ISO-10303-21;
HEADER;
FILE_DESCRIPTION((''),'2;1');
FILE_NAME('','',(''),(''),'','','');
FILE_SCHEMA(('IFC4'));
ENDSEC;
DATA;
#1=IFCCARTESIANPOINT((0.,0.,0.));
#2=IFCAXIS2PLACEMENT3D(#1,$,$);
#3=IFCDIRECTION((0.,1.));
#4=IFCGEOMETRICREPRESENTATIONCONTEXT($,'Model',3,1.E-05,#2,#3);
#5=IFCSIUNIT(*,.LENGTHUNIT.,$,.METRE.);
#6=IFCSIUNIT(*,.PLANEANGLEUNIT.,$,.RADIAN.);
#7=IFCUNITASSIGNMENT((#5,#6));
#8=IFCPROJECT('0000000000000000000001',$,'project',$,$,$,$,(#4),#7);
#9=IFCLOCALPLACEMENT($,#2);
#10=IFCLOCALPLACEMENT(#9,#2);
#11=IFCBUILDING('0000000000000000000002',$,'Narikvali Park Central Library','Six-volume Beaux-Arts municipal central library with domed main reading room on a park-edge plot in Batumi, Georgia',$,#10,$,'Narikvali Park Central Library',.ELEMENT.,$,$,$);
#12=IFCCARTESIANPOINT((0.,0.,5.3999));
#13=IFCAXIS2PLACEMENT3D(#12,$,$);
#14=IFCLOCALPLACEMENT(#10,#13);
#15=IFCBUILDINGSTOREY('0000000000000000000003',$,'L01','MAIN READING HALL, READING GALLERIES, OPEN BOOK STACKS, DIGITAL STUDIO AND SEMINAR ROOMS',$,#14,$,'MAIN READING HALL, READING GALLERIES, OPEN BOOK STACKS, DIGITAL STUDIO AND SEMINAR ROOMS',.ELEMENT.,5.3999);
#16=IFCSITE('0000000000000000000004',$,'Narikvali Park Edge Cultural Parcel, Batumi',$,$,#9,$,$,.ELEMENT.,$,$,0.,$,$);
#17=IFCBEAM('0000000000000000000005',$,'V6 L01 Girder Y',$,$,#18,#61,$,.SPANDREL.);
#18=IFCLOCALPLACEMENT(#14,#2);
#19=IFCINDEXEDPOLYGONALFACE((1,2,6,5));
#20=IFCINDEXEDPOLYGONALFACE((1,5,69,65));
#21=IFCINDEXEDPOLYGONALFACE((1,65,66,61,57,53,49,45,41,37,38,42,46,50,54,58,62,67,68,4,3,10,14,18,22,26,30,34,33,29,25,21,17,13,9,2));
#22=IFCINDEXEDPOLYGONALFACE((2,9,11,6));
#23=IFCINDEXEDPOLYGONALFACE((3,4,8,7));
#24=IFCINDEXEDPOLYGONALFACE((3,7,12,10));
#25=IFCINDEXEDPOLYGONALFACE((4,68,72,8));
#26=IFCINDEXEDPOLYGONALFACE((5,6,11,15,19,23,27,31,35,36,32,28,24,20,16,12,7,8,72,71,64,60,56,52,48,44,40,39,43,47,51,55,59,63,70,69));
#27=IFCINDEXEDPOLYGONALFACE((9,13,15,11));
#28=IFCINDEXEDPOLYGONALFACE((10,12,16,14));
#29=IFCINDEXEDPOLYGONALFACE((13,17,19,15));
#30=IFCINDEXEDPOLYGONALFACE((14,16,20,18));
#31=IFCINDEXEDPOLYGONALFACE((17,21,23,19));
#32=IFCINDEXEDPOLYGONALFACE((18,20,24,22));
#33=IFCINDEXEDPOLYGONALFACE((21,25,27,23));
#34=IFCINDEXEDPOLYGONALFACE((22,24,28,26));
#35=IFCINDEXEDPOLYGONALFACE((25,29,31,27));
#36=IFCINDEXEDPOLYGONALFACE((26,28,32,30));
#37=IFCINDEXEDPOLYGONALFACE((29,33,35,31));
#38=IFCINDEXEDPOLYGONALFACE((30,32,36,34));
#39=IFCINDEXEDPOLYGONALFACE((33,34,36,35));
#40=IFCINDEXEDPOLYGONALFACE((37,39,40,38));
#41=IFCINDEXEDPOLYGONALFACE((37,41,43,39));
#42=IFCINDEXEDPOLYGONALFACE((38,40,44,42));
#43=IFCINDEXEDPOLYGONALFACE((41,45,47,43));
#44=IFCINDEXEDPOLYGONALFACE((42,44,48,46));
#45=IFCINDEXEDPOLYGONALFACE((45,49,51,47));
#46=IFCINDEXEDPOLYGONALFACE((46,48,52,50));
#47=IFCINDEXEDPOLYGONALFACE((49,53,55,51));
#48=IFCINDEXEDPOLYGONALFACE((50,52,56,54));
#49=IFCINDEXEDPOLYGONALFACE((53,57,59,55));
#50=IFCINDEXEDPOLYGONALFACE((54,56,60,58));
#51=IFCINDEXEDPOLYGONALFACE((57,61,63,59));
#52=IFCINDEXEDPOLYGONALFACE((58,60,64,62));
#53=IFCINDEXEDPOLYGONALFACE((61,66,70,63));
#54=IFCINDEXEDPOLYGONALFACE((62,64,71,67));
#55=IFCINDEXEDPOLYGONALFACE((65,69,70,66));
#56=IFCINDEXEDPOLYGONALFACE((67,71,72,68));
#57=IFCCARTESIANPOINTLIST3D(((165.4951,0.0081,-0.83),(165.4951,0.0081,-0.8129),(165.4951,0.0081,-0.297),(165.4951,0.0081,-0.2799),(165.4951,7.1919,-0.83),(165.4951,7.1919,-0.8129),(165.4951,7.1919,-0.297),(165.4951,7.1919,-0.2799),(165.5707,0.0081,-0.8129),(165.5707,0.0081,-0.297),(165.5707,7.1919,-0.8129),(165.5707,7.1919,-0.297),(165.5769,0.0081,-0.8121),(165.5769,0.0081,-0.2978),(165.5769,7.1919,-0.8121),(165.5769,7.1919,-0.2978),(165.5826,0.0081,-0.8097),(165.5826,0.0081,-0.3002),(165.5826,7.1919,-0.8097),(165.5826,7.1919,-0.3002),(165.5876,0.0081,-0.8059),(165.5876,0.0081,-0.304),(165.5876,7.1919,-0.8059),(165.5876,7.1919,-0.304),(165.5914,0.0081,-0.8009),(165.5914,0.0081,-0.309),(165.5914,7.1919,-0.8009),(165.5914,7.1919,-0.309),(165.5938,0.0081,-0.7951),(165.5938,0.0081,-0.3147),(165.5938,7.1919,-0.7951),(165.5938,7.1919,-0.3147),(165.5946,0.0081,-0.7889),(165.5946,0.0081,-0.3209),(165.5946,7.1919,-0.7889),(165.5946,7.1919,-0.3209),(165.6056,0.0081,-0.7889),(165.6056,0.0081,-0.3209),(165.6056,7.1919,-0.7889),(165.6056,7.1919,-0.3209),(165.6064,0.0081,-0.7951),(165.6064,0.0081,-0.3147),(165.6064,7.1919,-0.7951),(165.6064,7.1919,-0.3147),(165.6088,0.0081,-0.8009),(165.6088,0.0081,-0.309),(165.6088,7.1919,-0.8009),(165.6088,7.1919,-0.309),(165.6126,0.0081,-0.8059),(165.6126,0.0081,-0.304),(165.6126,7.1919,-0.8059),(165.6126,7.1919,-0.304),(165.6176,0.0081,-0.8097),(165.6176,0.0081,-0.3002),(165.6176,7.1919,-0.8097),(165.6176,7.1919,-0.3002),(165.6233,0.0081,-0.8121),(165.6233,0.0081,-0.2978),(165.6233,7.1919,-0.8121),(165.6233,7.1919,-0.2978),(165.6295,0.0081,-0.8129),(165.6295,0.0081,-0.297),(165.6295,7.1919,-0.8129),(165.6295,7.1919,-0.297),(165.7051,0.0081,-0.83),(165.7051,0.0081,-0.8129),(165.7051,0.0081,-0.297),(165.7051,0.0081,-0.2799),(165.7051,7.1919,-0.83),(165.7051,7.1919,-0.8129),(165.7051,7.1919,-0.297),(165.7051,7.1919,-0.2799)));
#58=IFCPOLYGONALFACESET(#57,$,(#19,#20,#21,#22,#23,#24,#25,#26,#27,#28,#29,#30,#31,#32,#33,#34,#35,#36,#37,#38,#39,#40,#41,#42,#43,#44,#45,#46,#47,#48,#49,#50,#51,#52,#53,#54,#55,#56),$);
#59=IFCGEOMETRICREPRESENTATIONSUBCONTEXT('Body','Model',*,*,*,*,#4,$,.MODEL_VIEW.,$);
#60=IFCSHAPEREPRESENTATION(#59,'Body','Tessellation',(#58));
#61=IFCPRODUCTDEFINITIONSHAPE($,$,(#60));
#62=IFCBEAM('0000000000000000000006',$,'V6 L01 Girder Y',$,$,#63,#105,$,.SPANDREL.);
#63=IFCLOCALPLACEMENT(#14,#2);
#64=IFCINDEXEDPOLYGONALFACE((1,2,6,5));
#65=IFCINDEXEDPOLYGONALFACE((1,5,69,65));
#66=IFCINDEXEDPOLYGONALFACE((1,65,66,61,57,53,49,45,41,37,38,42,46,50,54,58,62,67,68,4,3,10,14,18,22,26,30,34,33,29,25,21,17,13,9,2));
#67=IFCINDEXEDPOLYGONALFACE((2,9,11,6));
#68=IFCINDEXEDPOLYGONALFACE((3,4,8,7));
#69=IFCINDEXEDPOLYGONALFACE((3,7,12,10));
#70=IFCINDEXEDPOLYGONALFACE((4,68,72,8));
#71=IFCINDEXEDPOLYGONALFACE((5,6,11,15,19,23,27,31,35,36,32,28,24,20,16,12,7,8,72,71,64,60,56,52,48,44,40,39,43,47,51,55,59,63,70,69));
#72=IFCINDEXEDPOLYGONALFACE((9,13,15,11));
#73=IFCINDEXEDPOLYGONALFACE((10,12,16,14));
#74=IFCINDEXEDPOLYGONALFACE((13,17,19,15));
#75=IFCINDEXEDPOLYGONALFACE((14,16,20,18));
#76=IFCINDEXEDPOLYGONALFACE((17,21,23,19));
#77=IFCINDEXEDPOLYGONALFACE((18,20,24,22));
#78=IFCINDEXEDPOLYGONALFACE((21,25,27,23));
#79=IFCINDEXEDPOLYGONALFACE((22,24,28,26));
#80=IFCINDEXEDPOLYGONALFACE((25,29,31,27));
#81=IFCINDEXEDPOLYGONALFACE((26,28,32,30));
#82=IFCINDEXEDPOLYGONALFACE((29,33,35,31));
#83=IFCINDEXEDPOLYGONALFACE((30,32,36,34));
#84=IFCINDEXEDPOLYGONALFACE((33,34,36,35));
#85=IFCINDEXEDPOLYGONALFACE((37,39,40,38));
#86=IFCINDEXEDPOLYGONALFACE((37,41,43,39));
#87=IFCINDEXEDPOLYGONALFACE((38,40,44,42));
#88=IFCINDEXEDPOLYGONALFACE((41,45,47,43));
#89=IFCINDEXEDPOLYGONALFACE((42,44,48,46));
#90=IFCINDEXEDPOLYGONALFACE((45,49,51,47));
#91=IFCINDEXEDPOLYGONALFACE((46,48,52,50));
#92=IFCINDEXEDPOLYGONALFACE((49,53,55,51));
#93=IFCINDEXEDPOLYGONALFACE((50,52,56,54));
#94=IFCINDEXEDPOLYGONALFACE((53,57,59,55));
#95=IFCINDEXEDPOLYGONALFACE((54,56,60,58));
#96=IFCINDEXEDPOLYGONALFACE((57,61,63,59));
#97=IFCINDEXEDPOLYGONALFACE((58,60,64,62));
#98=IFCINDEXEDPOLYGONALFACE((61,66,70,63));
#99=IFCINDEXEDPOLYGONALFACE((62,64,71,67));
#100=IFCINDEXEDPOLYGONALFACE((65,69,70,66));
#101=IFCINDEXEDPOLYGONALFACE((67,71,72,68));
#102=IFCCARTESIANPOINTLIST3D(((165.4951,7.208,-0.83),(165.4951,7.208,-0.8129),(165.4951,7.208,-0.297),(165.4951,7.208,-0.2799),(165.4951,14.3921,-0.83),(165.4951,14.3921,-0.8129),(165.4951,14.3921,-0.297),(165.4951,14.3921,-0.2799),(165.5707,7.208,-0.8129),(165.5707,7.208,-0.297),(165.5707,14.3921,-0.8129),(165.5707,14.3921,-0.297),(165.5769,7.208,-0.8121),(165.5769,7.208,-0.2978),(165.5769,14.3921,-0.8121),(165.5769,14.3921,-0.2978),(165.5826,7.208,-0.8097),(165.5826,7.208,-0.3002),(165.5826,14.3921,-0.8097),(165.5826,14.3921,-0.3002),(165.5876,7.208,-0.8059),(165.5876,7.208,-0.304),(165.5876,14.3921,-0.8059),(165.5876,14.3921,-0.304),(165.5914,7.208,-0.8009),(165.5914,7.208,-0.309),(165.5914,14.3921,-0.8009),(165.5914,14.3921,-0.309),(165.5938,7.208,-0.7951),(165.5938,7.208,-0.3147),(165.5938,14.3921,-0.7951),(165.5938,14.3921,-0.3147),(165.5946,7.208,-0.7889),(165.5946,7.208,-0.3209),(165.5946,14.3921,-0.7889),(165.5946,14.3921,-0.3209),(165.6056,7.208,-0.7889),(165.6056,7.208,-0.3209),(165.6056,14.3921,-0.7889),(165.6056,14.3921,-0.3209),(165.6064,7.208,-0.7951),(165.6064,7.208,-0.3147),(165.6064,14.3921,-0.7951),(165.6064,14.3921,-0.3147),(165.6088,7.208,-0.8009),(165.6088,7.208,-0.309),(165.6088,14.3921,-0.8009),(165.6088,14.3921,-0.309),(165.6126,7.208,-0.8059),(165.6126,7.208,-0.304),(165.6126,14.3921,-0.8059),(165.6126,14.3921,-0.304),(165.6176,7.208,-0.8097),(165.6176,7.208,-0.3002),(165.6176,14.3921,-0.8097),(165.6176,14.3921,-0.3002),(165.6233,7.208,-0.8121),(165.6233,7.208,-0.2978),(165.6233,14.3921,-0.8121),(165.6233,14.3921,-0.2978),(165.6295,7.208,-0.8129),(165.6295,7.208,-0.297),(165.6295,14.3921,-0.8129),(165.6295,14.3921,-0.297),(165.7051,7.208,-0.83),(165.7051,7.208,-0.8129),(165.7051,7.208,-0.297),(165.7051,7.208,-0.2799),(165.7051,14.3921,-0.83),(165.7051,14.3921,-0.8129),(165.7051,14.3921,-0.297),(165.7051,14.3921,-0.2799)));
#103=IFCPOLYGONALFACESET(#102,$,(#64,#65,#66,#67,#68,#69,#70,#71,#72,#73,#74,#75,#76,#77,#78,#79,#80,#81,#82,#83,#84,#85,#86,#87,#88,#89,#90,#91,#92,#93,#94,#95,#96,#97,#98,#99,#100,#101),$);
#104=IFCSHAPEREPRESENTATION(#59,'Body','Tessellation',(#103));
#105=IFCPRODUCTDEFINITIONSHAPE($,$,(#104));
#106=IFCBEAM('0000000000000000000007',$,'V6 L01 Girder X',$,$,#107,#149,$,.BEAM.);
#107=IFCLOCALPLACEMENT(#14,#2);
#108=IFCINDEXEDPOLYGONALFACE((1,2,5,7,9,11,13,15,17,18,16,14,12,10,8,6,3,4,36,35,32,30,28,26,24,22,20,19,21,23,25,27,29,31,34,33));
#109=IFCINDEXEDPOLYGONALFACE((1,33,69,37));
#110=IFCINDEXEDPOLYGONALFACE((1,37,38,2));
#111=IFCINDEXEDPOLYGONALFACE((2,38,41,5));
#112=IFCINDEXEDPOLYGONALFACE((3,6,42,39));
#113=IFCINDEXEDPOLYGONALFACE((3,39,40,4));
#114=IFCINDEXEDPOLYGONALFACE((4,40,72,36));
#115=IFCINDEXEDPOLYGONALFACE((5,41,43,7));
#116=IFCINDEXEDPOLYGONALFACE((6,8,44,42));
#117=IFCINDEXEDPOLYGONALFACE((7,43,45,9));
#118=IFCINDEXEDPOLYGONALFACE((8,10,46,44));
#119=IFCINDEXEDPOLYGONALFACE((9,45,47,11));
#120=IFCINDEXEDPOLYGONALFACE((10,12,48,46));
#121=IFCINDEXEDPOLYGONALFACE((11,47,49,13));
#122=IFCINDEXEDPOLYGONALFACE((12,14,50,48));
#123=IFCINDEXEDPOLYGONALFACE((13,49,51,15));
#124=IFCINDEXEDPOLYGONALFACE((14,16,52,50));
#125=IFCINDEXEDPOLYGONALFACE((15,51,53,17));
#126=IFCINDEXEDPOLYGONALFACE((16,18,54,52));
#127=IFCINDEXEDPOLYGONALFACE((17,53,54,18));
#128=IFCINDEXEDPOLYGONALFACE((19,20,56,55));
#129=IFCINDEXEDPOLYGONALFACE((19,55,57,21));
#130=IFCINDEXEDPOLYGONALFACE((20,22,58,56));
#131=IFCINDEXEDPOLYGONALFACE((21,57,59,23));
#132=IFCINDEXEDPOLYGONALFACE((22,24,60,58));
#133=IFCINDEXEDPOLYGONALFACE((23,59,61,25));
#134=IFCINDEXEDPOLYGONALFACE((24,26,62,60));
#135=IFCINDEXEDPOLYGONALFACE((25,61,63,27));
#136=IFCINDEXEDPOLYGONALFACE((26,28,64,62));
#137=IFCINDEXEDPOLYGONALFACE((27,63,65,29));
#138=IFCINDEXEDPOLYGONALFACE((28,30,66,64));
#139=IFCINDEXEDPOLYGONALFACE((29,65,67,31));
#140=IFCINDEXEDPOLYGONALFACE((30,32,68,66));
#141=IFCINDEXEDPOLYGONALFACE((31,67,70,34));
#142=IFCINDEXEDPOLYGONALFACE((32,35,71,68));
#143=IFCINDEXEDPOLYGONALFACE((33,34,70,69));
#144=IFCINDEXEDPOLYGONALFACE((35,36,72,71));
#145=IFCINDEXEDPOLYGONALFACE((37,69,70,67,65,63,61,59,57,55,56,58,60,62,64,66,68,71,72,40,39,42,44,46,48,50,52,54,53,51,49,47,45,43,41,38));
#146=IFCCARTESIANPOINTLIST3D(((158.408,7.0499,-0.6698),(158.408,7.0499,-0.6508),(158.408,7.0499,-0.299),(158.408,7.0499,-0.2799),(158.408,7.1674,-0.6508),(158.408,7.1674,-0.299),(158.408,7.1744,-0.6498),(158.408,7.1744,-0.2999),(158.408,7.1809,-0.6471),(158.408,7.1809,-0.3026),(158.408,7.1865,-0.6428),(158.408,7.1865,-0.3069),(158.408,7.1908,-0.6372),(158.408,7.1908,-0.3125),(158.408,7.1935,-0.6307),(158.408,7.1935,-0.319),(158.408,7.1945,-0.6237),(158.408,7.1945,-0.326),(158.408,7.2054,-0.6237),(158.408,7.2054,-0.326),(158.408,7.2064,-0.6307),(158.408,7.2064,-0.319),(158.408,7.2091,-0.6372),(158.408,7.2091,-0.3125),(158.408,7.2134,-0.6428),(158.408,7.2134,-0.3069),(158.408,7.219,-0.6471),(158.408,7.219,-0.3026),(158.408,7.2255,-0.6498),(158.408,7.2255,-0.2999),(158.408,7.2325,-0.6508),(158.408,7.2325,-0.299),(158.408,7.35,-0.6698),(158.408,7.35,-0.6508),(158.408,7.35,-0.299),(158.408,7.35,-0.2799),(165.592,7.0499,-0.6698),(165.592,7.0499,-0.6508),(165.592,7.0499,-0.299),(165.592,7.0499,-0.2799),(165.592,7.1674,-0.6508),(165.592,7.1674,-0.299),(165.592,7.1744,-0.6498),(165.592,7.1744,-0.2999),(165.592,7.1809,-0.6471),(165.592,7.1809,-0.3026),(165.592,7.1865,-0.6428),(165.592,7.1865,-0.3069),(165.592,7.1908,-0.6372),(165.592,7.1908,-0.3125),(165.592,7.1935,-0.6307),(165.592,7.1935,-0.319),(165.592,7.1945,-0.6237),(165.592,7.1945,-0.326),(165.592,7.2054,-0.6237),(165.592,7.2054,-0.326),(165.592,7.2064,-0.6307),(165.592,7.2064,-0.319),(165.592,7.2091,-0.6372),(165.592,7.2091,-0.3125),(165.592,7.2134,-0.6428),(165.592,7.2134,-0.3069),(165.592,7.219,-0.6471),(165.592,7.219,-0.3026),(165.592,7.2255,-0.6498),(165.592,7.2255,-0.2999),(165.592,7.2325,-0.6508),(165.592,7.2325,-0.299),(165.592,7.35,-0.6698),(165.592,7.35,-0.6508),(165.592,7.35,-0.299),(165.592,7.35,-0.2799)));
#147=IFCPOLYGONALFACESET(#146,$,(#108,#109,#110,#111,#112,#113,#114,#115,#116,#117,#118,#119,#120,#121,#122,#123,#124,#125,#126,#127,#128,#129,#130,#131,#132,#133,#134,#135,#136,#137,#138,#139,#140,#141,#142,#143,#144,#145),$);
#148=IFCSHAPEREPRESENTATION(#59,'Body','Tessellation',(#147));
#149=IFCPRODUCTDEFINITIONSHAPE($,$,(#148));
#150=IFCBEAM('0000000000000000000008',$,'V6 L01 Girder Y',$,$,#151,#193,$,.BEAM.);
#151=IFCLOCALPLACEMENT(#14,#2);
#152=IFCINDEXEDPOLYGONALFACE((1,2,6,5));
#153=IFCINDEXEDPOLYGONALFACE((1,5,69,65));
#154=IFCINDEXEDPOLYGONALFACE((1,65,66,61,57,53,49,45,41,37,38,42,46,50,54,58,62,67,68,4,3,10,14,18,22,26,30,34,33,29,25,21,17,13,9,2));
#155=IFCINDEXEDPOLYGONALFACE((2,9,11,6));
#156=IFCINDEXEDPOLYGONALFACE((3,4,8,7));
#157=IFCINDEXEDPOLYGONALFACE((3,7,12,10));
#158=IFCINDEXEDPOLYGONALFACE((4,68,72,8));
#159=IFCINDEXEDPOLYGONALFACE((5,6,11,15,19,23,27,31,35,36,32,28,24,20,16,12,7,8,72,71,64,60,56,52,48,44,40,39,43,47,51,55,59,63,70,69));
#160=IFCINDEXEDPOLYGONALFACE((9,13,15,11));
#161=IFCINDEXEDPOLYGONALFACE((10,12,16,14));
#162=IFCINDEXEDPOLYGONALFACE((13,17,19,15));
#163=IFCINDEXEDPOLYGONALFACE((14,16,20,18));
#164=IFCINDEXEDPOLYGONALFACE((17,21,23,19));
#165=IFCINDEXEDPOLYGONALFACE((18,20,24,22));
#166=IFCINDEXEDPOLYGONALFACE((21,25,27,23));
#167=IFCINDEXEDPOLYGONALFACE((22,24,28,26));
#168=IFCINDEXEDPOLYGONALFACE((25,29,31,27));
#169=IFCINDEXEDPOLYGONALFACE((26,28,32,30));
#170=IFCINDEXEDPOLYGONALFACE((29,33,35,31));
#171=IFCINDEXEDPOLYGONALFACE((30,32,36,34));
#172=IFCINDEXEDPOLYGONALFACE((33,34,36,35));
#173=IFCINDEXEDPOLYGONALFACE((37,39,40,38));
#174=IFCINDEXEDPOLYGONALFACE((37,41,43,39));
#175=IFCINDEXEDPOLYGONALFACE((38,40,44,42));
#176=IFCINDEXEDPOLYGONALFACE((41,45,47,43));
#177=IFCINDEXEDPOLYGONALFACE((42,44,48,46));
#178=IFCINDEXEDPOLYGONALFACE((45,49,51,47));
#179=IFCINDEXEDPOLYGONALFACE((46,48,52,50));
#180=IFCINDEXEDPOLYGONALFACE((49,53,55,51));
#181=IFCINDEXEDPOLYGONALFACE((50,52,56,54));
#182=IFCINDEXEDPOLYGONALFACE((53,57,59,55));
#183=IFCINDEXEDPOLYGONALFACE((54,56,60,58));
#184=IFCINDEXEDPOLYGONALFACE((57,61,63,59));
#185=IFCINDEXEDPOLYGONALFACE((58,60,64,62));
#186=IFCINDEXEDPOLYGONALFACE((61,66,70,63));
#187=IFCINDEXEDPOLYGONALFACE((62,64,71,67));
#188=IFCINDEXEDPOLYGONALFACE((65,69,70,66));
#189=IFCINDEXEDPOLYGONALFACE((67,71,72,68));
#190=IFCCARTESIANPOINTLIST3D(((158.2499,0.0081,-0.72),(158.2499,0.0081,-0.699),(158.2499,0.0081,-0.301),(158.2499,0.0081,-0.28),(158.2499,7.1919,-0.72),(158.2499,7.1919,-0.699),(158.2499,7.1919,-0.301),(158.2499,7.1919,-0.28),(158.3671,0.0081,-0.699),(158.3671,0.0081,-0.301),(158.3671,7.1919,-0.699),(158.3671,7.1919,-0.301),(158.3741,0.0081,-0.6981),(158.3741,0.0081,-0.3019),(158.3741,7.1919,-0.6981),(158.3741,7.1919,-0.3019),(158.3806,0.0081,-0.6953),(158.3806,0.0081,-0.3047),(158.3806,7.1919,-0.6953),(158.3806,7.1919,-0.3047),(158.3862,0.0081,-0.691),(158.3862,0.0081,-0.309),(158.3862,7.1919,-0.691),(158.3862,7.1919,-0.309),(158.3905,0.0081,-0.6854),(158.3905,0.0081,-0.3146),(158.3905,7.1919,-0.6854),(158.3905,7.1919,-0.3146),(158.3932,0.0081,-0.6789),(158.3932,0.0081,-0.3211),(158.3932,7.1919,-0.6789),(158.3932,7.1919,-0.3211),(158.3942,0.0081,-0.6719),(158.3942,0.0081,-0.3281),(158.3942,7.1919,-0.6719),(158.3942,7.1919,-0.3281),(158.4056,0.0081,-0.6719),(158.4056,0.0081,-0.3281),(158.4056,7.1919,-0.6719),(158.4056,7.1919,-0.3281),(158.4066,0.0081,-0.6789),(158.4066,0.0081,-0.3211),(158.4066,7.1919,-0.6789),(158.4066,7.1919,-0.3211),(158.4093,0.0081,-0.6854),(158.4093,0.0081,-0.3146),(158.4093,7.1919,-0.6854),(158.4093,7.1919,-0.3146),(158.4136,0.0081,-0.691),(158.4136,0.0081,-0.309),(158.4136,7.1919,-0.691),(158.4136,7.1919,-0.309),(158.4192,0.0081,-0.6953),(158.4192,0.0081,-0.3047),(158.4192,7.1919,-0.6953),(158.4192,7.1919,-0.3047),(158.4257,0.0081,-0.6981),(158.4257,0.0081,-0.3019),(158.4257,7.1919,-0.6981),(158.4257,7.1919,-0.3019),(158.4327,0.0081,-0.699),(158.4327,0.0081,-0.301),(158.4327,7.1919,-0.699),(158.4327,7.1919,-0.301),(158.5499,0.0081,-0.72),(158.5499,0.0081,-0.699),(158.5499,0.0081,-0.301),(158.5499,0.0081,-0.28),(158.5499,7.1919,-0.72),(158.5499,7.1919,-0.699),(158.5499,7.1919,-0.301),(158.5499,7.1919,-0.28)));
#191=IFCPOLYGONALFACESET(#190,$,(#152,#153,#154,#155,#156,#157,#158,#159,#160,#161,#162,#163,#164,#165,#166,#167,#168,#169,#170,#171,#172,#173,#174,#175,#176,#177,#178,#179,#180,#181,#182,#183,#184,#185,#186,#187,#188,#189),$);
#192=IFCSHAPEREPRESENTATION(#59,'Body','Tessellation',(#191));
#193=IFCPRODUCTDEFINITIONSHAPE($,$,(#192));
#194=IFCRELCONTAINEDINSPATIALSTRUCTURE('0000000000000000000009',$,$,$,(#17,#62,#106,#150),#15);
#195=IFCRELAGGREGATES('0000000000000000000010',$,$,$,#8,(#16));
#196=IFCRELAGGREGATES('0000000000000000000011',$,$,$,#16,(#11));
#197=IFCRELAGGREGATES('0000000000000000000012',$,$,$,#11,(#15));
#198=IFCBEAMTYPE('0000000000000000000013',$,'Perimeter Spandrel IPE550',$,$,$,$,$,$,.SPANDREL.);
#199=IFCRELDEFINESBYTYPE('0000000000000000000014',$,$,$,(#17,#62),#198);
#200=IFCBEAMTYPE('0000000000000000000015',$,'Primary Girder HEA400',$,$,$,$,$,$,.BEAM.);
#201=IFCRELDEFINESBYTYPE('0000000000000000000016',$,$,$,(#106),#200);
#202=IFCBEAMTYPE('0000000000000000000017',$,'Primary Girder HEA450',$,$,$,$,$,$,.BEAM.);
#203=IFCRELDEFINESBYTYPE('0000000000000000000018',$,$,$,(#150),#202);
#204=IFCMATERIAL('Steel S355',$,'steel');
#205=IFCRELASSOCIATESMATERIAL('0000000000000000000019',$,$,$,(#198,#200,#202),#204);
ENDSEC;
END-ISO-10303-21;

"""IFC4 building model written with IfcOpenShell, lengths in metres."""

from ifc_helpers import new_model, si_unit, direction, frame, origin, origin_2d, place, context, subcontext, project, spatial, i_section, extrude, material, material_profile, profile_set, type_object, element, save


model = new_model("IFC4")

# Units and contexts
model_context = context("Model", 3, precision=1e-05, world=origin(), true_north=direction((0.0, 1.0)))
body_context = subcontext(model_context, "Body", "Model", "MODEL_VIEW")
ifc_project = project(units=[si_unit("LENGTHUNIT", "METRE"), si_unit("PLANEANGLEUNIT", "RADIAN")], contexts=[model_context])

# Site, building, storey
site_placement = place(None, origin())
site = spatial("IfcSite", under=ifc_project, at=site_placement, Name="Narikvali Park Edge Cultural Parcel, Batumi", CompositionType="ELEMENT", RefElevation=0.0)
building_placement = place(site_placement, origin())
building = spatial("IfcBuilding", under=site, at=building_placement, Name="Narikvali Park Central Library", Description="Six-volume Beaux-Arts municipal central library with domed main reading room on a park-edge plot in Batumi, Georgia", LongName="Narikvali Park Central Library", CompositionType="ELEMENT")
storey_placement = place(building_placement, frame((0.0, 0.0, 5.3999)))
storey = spatial("IfcBuildingStorey", under=building, at=storey_placement, Name="L01", Description="MAIN READING HALL, READING GALLERIES, OPEN BOOK STACKS, DIGITAL STUDIO AND SEMINAR ROOMS", LongName="MAIN READING HALL, READING GALLERIES, OPEN BOOK STACKS, DIGITAL STUDIO AND SEMINAR ROOMS", CompositionType="ELEMENT", Elevation=5.3999)

# Shared definitions
ifc_material_1 = material(Name="Steel S355", Category="steel")

# Beams
ifc_material_profile_1 = material_profile(ifc_material_1, i_section(OverallWidth=0.21, OverallDepth=0.55, WebThickness=0.011, FlangeThickness=0.0171, FilletRadius=0.0239, at=origin_2d()), Name="IPE 550")
ifc_profile_set_1 = profile_set([ifc_material_profile_1], Name="Steel S355")
beam_type_1 = type_object("IfcBeamType", Name="Perimeter Spandrel IPE550", PredefinedType="SPANDREL", material=ifc_profile_set_1)
beam_1_placement = place(storey_placement, frame((165.6001, 0.0081, -0.5549), z_axis=(0.0, 1.0, 0.0), x_axis=(-1.0, 0.0, 0.0)))
element("IfcBeam", 1, at=beam_1_placement, inside=storey, type_object=beam_type_1, Name="V6 L01 Girder Y", PredefinedType="SPANDREL", context=body_context, shape_type="SweptSolid", body=[
    extrude(i_section(OverallWidth=0.21, OverallDepth=0.55, WebThickness=0.011, FlangeThickness=0.0171, FilletRadius=0.0239, at=origin_2d()), origin(), (0.0, 0.0, 1.0), 7.1838),
])
beam_2_placement = place(storey_placement, frame((165.6001, 7.208, -0.5549), z_axis=(0.0, 1.0, 0.0), x_axis=(-1.0, 0.0, 0.0)))
element("IfcBeam", 2, at=beam_2_placement, inside=storey, type_object=beam_type_1, Name="V6 L01 Girder Y", PredefinedType="SPANDREL", context=body_context, shape_type="SweptSolid", body=[
    extrude(i_section(OverallWidth=0.21, OverallDepth=0.55, WebThickness=0.011, FlangeThickness=0.0171, FilletRadius=0.0239, at=origin_2d()), origin(), (0.0, 0.0, 1.0), 7.1841),
])
ifc_material_profile_2 = material_profile(ifc_material_1, i_section(OverallWidth=0.3, OverallDepth=0.3899, WebThickness=0.011, FlangeThickness=0.019, FilletRadius=0.0271, at=origin_2d()), Name="HEA 400")
ifc_profile_set_2 = profile_set([ifc_material_profile_2], Name="Steel S355")
beam_type_2 = type_object("IfcBeamType", Name="Primary Girder HEA400", PredefinedType="BEAM", material=ifc_profile_set_2)
beam_3_placement = place(storey_placement, frame((158.408, 7.2, -0.4749), z_axis=(1.0, 0.0, 0.0), x_axis=(0.0, 1.0, 0.0)))
element("IfcBeam", 3, at=beam_3_placement, inside=storey, type_object=beam_type_2, Name="V6 L01 Girder X", PredefinedType="BEAM", context=body_context, shape_type="SweptSolid", body=[
    extrude(i_section(OverallWidth=0.3, OverallDepth=0.3899, WebThickness=0.011, FlangeThickness=0.019, FilletRadius=0.0271, at=origin_2d()), origin(), (0.0, 0.0, 1.0), 7.1841),
])
ifc_material_profile_3 = material_profile(ifc_material_1, i_section(OverallWidth=0.3, OverallDepth=0.4399, WebThickness=0.0115, FlangeThickness=0.021, FilletRadius=0.0271, at=origin_2d()), Name="HEA 450")
ifc_profile_set_3 = profile_set([ifc_material_profile_3], Name="Steel S355")
beam_type_3 = type_object("IfcBeamType", Name="Primary Girder HEA450", PredefinedType="BEAM", material=ifc_profile_set_3)
beam_4_placement = place(storey_placement, frame((158.3999, 0.0081, -0.5), z_axis=(0.0, 1.0, 0.0), x_axis=(-1.0, 0.0, 0.0)))
element("IfcBeam", 4, at=beam_4_placement, inside=storey, type_object=beam_type_3, Name="V6 L01 Girder Y", PredefinedType="BEAM", context=body_context, shape_type="SweptSolid", body=[
    extrude(i_section(OverallWidth=0.3, OverallDepth=0.4399, WebThickness=0.0115, FlangeThickness=0.021, FilletRadius=0.0271, at=origin_2d()), origin(), (0.0, 0.0, 1.0), 7.1838),
])

save(model, "model.ifc")
